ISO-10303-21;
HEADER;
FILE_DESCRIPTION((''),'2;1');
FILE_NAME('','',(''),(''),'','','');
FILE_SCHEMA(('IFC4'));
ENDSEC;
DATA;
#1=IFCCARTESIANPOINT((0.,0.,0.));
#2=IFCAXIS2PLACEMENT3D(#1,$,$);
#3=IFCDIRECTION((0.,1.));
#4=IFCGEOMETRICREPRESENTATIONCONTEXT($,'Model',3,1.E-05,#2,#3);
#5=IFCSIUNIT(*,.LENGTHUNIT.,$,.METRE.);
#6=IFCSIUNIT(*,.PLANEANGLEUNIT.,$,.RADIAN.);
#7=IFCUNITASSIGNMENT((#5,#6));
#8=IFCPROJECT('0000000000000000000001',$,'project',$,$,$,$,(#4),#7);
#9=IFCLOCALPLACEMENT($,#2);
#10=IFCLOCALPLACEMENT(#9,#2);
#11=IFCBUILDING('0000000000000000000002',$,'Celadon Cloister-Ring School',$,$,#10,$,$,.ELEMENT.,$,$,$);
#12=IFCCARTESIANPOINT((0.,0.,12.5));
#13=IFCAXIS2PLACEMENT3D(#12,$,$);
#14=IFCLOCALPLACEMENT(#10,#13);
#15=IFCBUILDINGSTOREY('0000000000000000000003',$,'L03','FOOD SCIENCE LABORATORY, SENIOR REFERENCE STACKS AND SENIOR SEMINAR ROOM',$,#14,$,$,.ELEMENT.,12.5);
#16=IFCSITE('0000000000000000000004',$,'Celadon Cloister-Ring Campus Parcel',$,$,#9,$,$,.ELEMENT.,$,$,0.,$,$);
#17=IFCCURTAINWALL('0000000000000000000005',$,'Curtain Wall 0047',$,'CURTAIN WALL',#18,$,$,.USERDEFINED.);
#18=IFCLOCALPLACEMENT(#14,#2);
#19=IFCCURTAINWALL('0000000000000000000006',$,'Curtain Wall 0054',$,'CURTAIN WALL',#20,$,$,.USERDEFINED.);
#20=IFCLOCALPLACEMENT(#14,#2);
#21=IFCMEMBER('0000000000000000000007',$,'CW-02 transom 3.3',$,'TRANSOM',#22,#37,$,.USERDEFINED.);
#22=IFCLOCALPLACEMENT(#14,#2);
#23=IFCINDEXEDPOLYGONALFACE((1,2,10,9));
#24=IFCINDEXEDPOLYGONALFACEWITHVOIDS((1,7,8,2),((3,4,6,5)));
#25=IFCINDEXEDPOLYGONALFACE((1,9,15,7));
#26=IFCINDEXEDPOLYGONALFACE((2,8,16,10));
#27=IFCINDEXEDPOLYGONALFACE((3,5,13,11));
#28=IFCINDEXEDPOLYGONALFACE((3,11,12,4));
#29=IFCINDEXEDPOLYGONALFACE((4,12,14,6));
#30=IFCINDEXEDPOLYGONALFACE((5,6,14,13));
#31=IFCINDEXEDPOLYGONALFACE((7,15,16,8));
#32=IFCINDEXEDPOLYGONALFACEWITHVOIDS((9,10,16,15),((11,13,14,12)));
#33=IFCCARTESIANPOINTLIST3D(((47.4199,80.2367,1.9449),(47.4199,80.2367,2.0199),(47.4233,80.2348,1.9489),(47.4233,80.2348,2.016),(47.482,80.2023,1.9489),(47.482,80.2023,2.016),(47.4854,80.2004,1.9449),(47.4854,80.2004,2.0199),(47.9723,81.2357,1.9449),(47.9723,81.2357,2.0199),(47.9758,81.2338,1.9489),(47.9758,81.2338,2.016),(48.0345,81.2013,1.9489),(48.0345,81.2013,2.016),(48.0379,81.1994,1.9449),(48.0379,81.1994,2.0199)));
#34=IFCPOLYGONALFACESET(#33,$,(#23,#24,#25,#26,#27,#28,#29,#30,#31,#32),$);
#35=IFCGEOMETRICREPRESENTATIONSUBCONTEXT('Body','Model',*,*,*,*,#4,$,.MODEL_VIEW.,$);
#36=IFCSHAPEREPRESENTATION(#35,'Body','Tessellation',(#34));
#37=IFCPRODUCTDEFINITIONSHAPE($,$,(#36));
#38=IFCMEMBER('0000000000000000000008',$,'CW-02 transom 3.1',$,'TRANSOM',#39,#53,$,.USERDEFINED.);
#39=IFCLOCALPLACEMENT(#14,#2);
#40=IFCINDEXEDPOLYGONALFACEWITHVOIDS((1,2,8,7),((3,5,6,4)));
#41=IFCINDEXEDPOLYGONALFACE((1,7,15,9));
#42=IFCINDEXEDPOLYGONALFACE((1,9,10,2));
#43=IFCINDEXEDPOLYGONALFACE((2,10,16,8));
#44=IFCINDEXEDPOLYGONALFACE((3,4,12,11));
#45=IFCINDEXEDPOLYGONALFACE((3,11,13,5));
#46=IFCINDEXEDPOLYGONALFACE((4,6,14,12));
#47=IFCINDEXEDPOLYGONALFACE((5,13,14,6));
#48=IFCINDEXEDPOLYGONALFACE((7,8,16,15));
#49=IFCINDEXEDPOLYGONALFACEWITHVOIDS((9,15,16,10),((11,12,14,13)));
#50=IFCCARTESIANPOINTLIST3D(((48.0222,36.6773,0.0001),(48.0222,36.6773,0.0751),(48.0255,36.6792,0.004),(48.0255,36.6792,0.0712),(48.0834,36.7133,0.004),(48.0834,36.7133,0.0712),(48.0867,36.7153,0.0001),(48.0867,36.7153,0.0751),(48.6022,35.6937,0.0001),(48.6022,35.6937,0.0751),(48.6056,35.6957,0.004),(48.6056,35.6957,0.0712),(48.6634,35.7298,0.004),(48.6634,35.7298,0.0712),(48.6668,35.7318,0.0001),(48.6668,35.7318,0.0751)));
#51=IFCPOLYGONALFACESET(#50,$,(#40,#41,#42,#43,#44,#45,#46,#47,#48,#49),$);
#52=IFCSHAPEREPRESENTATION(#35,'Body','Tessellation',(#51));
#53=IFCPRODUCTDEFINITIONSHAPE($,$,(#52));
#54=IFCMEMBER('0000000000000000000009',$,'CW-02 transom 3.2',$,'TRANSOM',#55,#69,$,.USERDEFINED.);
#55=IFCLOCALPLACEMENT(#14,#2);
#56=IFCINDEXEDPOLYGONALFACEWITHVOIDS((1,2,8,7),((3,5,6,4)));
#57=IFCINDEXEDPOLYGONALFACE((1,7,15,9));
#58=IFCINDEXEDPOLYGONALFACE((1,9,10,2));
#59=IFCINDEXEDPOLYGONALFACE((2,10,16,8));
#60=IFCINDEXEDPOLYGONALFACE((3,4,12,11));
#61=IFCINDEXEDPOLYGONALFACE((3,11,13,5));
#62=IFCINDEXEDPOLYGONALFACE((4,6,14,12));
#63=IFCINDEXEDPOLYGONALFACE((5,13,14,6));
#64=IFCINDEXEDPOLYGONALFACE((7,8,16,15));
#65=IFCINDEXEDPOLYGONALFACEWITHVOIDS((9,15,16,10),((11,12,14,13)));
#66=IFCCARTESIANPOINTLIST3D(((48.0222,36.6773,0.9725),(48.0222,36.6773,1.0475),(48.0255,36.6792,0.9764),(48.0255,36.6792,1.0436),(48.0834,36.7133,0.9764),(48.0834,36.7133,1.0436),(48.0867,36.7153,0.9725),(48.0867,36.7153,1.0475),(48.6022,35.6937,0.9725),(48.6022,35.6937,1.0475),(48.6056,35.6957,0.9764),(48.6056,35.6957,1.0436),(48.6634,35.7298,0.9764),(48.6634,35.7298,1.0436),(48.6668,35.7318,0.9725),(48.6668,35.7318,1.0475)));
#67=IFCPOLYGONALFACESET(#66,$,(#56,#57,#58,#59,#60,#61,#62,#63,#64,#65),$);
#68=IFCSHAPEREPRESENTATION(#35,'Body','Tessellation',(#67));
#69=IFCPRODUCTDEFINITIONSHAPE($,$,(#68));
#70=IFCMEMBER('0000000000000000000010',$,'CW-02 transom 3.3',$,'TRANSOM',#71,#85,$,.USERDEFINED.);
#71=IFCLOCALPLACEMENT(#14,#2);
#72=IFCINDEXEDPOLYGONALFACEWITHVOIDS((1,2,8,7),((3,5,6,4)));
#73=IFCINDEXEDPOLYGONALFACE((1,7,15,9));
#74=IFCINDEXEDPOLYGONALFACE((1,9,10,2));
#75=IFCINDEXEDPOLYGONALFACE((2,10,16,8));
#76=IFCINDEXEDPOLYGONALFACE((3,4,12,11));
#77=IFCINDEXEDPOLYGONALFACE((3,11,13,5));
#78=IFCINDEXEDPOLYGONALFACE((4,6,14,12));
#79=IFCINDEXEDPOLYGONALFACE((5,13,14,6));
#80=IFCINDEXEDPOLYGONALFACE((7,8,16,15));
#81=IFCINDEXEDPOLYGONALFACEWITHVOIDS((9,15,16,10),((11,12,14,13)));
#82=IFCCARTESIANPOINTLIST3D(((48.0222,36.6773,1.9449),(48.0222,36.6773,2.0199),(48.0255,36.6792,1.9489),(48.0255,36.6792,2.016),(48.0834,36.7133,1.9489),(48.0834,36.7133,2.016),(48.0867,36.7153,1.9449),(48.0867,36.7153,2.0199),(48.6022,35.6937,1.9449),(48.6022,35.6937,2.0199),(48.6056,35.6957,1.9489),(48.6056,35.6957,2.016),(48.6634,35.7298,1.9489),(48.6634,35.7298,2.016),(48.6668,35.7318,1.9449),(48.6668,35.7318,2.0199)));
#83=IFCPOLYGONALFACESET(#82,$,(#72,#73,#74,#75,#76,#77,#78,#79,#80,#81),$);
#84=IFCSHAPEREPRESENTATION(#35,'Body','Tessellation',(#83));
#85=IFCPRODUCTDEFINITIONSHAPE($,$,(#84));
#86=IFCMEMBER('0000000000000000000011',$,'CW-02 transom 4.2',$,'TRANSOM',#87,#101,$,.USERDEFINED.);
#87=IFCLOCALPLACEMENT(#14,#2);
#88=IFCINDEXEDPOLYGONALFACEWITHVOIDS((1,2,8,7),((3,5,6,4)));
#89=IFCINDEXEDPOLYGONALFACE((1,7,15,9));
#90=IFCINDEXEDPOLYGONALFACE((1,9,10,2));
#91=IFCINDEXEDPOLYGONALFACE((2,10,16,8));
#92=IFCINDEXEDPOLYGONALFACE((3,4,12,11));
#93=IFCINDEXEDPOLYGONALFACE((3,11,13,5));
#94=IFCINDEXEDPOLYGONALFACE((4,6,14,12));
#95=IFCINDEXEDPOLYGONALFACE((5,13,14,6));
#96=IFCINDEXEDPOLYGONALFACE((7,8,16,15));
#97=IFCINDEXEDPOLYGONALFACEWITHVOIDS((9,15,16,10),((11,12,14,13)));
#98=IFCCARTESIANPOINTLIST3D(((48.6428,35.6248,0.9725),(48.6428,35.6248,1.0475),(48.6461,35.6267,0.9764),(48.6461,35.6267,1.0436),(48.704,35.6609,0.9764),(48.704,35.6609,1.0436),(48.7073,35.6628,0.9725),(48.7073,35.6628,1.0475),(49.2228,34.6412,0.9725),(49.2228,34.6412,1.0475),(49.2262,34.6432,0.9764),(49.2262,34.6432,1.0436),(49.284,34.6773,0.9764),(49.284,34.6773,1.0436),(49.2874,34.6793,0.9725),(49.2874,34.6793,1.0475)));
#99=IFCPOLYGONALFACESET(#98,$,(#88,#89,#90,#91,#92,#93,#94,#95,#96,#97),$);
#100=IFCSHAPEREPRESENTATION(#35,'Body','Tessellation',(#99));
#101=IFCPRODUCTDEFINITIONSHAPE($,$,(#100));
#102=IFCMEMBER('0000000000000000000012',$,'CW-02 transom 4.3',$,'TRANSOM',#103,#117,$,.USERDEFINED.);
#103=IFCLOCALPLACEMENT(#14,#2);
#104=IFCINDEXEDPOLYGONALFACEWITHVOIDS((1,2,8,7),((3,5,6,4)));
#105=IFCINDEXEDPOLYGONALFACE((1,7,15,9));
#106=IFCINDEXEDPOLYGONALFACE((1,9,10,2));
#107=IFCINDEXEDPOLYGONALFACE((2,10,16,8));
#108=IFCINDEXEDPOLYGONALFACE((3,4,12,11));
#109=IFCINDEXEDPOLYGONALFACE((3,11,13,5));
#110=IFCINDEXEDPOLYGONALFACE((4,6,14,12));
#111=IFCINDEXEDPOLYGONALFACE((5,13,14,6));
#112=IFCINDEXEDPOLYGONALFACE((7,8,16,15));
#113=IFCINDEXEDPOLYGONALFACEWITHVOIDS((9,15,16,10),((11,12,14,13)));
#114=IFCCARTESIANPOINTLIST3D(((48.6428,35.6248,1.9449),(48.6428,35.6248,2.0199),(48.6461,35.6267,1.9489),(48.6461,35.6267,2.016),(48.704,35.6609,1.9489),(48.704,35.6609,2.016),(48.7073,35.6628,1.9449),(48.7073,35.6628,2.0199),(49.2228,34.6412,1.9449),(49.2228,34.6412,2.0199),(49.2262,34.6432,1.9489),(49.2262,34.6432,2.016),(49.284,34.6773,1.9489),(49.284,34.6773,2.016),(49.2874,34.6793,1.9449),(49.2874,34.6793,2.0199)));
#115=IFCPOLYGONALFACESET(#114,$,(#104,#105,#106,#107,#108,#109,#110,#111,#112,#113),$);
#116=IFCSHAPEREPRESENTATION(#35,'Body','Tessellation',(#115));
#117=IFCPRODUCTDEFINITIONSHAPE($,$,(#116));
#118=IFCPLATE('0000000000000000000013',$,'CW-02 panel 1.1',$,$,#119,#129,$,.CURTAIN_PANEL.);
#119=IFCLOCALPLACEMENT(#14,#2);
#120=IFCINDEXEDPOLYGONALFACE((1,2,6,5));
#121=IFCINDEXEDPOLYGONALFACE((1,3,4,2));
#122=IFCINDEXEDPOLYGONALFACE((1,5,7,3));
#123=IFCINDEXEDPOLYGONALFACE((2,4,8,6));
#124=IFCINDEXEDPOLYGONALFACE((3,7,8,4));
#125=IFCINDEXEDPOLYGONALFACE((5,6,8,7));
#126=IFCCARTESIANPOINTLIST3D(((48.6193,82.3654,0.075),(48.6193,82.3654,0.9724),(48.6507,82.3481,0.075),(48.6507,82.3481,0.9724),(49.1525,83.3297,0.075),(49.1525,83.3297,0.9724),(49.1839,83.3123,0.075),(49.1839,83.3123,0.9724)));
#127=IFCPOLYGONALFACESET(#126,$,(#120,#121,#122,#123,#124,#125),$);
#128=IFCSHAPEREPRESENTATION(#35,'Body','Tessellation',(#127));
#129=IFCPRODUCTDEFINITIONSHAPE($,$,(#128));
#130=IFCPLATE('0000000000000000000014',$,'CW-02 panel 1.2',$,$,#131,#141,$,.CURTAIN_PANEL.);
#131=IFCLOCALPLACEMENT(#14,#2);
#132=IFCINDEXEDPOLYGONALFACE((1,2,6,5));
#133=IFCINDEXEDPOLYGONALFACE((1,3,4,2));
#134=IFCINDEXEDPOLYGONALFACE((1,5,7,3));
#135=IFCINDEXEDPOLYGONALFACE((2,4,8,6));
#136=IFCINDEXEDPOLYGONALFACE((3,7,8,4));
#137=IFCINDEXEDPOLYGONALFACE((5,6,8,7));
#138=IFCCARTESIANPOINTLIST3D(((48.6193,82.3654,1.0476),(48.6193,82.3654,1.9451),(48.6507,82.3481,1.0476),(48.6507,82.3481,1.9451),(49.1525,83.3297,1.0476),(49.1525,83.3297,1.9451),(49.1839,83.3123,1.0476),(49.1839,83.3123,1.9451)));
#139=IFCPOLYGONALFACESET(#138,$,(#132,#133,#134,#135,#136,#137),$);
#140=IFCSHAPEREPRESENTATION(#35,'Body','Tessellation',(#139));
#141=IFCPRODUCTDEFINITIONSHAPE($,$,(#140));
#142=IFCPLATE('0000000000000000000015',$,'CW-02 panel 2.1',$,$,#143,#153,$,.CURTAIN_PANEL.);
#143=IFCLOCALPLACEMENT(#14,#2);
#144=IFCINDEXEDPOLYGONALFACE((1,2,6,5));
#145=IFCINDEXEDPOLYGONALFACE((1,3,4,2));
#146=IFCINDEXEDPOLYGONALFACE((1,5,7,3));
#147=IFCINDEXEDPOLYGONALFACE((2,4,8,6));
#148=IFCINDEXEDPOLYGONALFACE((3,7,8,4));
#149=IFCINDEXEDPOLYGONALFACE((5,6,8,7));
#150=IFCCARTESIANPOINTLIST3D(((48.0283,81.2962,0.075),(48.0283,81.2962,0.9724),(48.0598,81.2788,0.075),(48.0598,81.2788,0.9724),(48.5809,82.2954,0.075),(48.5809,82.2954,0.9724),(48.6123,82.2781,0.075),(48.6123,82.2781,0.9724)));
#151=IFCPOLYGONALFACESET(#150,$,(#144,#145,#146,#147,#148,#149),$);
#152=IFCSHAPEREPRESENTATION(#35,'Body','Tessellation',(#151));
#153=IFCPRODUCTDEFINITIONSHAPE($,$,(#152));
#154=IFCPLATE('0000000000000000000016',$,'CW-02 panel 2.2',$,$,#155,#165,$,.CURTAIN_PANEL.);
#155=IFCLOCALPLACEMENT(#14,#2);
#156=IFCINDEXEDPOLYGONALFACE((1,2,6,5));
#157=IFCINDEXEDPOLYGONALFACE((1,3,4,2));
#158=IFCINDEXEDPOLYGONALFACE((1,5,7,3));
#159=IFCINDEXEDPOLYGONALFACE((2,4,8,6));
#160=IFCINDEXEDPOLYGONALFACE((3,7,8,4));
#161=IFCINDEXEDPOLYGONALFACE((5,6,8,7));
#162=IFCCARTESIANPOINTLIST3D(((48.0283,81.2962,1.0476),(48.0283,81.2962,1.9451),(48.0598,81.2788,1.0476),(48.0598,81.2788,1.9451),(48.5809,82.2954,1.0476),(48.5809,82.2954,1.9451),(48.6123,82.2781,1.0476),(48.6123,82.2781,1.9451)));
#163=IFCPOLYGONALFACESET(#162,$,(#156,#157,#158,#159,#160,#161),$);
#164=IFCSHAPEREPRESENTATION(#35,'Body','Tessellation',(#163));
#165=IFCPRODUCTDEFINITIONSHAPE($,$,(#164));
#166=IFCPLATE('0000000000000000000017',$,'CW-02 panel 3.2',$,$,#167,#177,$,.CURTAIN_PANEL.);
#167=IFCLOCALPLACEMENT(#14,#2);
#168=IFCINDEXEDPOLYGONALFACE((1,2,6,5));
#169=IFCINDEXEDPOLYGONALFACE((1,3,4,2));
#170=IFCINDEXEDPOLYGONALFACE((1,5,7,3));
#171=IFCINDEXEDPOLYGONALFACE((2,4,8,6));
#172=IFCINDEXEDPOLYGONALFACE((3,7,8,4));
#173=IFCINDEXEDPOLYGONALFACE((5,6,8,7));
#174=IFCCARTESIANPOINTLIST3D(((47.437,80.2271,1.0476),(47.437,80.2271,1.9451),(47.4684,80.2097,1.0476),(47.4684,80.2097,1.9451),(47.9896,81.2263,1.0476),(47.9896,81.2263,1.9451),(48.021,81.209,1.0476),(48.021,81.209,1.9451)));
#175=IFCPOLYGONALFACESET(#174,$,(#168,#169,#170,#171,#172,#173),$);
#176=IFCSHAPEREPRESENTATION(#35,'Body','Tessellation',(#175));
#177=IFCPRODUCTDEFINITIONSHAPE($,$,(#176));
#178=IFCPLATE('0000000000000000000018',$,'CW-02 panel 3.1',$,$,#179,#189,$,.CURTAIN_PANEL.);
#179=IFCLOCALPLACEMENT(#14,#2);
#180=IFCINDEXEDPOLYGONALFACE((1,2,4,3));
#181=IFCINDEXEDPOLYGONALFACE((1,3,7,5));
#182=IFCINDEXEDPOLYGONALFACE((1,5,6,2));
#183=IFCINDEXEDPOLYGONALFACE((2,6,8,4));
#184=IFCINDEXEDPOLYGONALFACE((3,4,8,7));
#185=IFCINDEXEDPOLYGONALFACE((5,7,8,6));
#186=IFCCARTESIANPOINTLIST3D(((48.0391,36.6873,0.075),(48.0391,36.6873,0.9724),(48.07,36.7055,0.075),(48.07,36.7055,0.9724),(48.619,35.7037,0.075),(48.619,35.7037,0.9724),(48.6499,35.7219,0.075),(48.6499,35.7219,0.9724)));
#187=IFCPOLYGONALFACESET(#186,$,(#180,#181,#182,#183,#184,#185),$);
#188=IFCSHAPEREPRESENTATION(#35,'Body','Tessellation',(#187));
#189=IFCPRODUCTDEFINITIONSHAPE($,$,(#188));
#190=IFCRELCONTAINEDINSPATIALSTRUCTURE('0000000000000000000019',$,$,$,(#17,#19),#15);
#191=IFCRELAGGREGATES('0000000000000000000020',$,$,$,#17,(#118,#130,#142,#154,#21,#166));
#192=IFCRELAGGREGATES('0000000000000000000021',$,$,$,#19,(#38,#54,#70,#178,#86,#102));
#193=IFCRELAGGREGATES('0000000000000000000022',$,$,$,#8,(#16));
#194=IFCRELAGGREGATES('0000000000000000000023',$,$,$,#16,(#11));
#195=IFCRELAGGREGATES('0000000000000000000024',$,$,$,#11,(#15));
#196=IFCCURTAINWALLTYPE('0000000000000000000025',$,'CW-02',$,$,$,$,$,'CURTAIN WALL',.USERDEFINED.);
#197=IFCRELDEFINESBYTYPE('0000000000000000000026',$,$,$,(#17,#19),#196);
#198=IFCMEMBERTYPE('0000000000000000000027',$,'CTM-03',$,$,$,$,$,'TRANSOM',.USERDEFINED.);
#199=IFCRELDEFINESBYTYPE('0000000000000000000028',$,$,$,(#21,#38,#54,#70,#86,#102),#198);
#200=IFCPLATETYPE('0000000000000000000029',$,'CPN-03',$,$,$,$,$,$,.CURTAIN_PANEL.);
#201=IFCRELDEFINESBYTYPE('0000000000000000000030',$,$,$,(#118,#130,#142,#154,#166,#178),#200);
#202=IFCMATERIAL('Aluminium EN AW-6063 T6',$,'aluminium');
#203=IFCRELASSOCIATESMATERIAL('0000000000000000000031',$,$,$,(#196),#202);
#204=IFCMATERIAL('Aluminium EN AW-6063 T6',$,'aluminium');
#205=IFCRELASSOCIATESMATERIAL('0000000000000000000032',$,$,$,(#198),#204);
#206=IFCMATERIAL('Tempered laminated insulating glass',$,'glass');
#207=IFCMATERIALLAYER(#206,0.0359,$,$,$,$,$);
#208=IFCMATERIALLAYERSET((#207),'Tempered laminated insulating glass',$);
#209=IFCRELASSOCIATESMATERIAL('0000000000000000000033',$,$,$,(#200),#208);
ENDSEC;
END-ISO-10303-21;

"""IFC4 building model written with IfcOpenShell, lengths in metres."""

from ifc_helpers import new_model, si_unit, direction, frame, origin, origin_2d, place, context, subcontext, project, spatial, rectangle, hollow_rectangle, extrude, material, layer, layer_set, material_profile, profile_set, type_object, element, aggregate, save


model = new_model("IFC4")

# Units and contexts
model_context = context("Model", 3, precision=1e-05, world=origin(), true_north=direction((0.0, 1.0)))
body_context = subcontext(model_context, "Body", "Model", "MODEL_VIEW")
ifc_project = project(units=[si_unit("LENGTHUNIT", "METRE"), si_unit("PLANEANGLEUNIT", "RADIAN")], contexts=[model_context])

# Site, building, storey
site_placement = place(None, origin())
site = spatial("IfcSite", under=ifc_project, at=site_placement, Name="Celadon Cloister-Ring Campus Parcel", CompositionType="ELEMENT", RefElevation=0.0)
building_placement = place(site_placement, origin())
building = spatial("IfcBuilding", under=site, at=building_placement, Name="Celadon Cloister-Ring School", CompositionType="ELEMENT")
storey_placement = place(building_placement, frame((0.0, 0.0, 12.5)))
storey = spatial("IfcBuildingStorey", under=building, at=storey_placement, Name="L03", Description="FOOD SCIENCE LABORATORY, SENIOR REFERENCE STACKS AND SENIOR SEMINAR ROOM", CompositionType="ELEMENT", Elevation=12.5)

# Curtain walls
ifc_material_1 = material(Name="Aluminium EN AW-6063 T6", Category="aluminium")
curtain_wall_type = type_object("IfcCurtainWallType", Name="CW-02", ElementType="CURTAIN WALL", PredefinedType="USERDEFINED", material=ifc_material_1)
curtain_wall_1_placement = place(storey_placement, origin())
curtain_wall_1 = element("IfcCurtainWall", 1, at=curtain_wall_1_placement, inside=storey, type_object=curtain_wall_type, Name="Curtain Wall 0047", ObjectType="CURTAIN WALL", PredefinedType="USERDEFINED")
curtain_wall_2_placement = place(storey_placement, origin())
curtain_wall_2 = element("IfcCurtainWall", 2, at=curtain_wall_2_placement, inside=storey, type_object=curtain_wall_type, Name="Curtain Wall 0054", ObjectType="CURTAIN WALL", PredefinedType="USERDEFINED")

# Members
ifc_material_2 = material(Name="Aluminium EN AW-6063 T6", Category="aluminium")
ifc_material_profile_1 = material_profile(ifc_material_2, hollow_rectangle(XDim=0.075, YDim=0.075, WallThickness=0.0039, at=origin_2d()), Name="RHS75X75X4")
ifc_profile_set_1 = profile_set([ifc_material_profile_1], Name="Aluminium EN AW-6063 T6")
member_type_1 = type_object("IfcMemberType", Name="CTM-03", ElementType="TRANSOM", PredefinedType="USERDEFINED", material=ifc_profile_set_1)
member_1_placement = place(storey_placement, frame((48.0051, 81.2175, 1.9824), z_axis=(-0.483953, -0.875094, 0.0), x_axis=(0.875094, -0.483953, 0.0)))
member_1 = element("IfcMember", 3, at=member_1_placement, type_object=member_type_1, Name="CW-02 transom 3.3", ObjectType="TRANSOM", PredefinedType="USERDEFINED", context=body_context, shape_type="SweptSolid", body=[
    extrude(hollow_rectangle(XDim=0.075, YDim=0.075, WallThickness=0.0039, at=origin_2d()), origin(), (0.0, 0.0, 1.0), 1.1416),
])
member_2_placement = place(storey_placement, frame((48.0544, 36.6963, 0.0376), z_axis=(0.507973, -0.861373, 0.0), x_axis=(0.861373, 0.507973, 0.0)))
member_2 = element("IfcMember", 4, at=member_2_placement, type_object=member_type_1, Name="CW-02 transom 3.1", ObjectType="TRANSOM", PredefinedType="USERDEFINED", context=body_context, shape_type="SweptSolid", body=[
    extrude(hollow_rectangle(XDim=0.075, YDim=0.075, WallThickness=0.0039, at=origin_2d()), origin(), (0.0, 0.0, 1.0), 1.1418),
])
member_3_placement = place(storey_placement, frame((48.0544, 36.6963, 1.01), z_axis=(0.507973, -0.861373, 0.0), x_axis=(0.861373, 0.507973, 0.0)))
member_3 = element("IfcMember", 5, at=member_3_placement, type_object=member_type_1, Name="CW-02 transom 3.2", ObjectType="TRANSOM", PredefinedType="USERDEFINED", context=body_context, shape_type="SweptSolid", body=[
    extrude(hollow_rectangle(XDim=0.075, YDim=0.075, WallThickness=0.0039, at=origin_2d()), origin(), (0.0, 0.0, 1.0), 1.1418),
])
member_4_placement = place(storey_placement, frame((48.0544, 36.6963, 1.9824), z_axis=(0.507973, -0.861373, 0.0), x_axis=(0.861373, 0.507973, 0.0)))
member_4 = element("IfcMember", 6, at=member_4_placement, type_object=member_type_1, Name="CW-02 transom 3.3", ObjectType="TRANSOM", PredefinedType="USERDEFINED", context=body_context, shape_type="SweptSolid", body=[
    extrude(hollow_rectangle(XDim=0.075, YDim=0.075, WallThickness=0.0039, at=origin_2d()), origin(), (0.0, 0.0, 1.0), 1.1418),
])
member_5_placement = place(storey_placement, frame((48.675, 35.6438, 1.01), z_axis=(0.507973, -0.861373, 0.0), x_axis=(0.861373, 0.507973, 0.0)))
member_5 = element("IfcMember", 7, at=member_5_placement, type_object=member_type_1, Name="CW-02 transom 4.2", ObjectType="TRANSOM", PredefinedType="USERDEFINED", context=body_context, shape_type="SweptSolid", body=[
    extrude(hollow_rectangle(XDim=0.075, YDim=0.075, WallThickness=0.0039, at=origin_2d()), origin(), (0.0, 0.0, 1.0), 1.1418),
])
member_6_placement = place(storey_placement, frame((48.675, 35.6438, 1.9824), z_axis=(0.507973, -0.861373, 0.0), x_axis=(0.861373, 0.507973, 0.0)))
member_6 = element("IfcMember", 8, at=member_6_placement, type_object=member_type_1, Name="CW-02 transom 4.3", ObjectType="TRANSOM", PredefinedType="USERDEFINED", context=body_context, shape_type="SweptSolid", body=[
    extrude(hollow_rectangle(XDim=0.075, YDim=0.075, WallThickness=0.0039, at=origin_2d()), origin(), (0.0, 0.0, 1.0), 1.1418),
])

# Plates
ifc_material_3 = material(Name="Tempered laminated insulating glass", Category="glass")
ifc_layer = layer(ifc_material_3, 0.0359)
ifc_layer_set = layer_set([ifc_layer], Name="Tempered laminated insulating glass")
plate_type = type_object("IfcPlateType", Name="CPN-03", PredefinedType="CURTAIN_PANEL", material=ifc_layer_set)
plate_1_placement = place(storey_placement, frame((48.9016, 82.8389, 0.075), z_axis=(0.0, 0.0, 1.0), x_axis=(-0.483891, -0.875128, 0.0)))
plate_1 = element("IfcPlate", 9, at=plate_1_placement, type_object=plate_type, Name="CW-02 panel 1.1", PredefinedType="CURTAIN_PANEL", context=body_context, shape_type="SweptSolid", body=[
    extrude(rectangle(XDim=1.1018, YDim=0.0359, at=origin_2d()), origin(), (0.0, 0.0, 1.0), 0.8975),
])
plate_2_placement = place(storey_placement, frame((48.9016, 82.8389, 1.0476), z_axis=(0.0, 0.0, 1.0), x_axis=(-0.483891, -0.875128, 0.0)))
plate_2 = element("IfcPlate", 10, at=plate_2_placement, type_object=plate_type, Name="CW-02 panel 1.2", PredefinedType="CURTAIN_PANEL", context=body_context, shape_type="SweptSolid", body=[
    extrude(rectangle(XDim=1.1018, YDim=0.0359, at=origin_2d()), origin(), (0.0, 0.0, 1.0), 0.8975),
])
plate_3_placement = place(storey_placement, frame((48.3203, 81.7871, 0.075), z_axis=(0.0, 0.0, 1.0), x_axis=(-0.483891, -0.875128, 0.0)))
plate_3 = element("IfcPlate", 11, at=plate_3_placement, type_object=plate_type, Name="CW-02 panel 2.1", PredefinedType="CURTAIN_PANEL", context=body_context, shape_type="SweptSolid", body=[
    extrude(rectangle(XDim=1.1418, YDim=0.0359, at=origin_2d()), origin(), (0.0, 0.0, 1.0), 0.8975),
])
plate_4_placement = place(storey_placement, frame((48.3203, 81.7871, 1.0476), z_axis=(0.0, 0.0, 1.0), x_axis=(-0.483891, -0.875128, 0.0)))
plate_4 = element("IfcPlate", 12, at=plate_4_placement, type_object=plate_type, Name="CW-02 panel 2.2", PredefinedType="CURTAIN_PANEL", context=body_context, shape_type="SweptSolid", body=[
    extrude(rectangle(XDim=1.1418, YDim=0.0359, at=origin_2d()), origin(), (0.0, 0.0, 1.0), 0.8975),
])
plate_5_placement = place(storey_placement, frame((47.729, 80.718, 1.0476), z_axis=(0.0, 0.0, 1.0), x_axis=(-0.483891, -0.875128, 0.0)))
plate_5 = element("IfcPlate", 13, at=plate_5_placement, type_object=plate_type, Name="CW-02 panel 3.2", PredefinedType="CURTAIN_PANEL", context=body_context, shape_type="SweptSolid", body=[
    extrude(rectangle(XDim=1.1418, YDim=0.0359, at=origin_2d()), origin(), (0.0, 0.0, 1.0), 0.8975),
])
aggregate(curtain_wall_1, [plate_1, plate_2, plate_3, plate_4, member_1, plate_5])
plate_6_placement = place(storey_placement, frame((48.3445, 36.2046, 0.075), z_axis=(0.0, 0.0, 1.0), x_axis=(0.507885, -0.861425, 0.0)))
plate_6 = element("IfcPlate", 14, at=plate_6_placement, type_object=plate_type, Name="CW-02 panel 3.1", PredefinedType="CURTAIN_PANEL", context=body_context, shape_type="SweptSolid", body=[
    extrude(rectangle(XDim=1.1418, YDim=0.0359, at=origin_2d()), origin(), (0.0, 0.0, 1.0), 0.8975),
])
aggregate(curtain_wall_2, [member_2, member_3, member_4, plate_6, member_5, member_6])

save(model, "model.ifc")
